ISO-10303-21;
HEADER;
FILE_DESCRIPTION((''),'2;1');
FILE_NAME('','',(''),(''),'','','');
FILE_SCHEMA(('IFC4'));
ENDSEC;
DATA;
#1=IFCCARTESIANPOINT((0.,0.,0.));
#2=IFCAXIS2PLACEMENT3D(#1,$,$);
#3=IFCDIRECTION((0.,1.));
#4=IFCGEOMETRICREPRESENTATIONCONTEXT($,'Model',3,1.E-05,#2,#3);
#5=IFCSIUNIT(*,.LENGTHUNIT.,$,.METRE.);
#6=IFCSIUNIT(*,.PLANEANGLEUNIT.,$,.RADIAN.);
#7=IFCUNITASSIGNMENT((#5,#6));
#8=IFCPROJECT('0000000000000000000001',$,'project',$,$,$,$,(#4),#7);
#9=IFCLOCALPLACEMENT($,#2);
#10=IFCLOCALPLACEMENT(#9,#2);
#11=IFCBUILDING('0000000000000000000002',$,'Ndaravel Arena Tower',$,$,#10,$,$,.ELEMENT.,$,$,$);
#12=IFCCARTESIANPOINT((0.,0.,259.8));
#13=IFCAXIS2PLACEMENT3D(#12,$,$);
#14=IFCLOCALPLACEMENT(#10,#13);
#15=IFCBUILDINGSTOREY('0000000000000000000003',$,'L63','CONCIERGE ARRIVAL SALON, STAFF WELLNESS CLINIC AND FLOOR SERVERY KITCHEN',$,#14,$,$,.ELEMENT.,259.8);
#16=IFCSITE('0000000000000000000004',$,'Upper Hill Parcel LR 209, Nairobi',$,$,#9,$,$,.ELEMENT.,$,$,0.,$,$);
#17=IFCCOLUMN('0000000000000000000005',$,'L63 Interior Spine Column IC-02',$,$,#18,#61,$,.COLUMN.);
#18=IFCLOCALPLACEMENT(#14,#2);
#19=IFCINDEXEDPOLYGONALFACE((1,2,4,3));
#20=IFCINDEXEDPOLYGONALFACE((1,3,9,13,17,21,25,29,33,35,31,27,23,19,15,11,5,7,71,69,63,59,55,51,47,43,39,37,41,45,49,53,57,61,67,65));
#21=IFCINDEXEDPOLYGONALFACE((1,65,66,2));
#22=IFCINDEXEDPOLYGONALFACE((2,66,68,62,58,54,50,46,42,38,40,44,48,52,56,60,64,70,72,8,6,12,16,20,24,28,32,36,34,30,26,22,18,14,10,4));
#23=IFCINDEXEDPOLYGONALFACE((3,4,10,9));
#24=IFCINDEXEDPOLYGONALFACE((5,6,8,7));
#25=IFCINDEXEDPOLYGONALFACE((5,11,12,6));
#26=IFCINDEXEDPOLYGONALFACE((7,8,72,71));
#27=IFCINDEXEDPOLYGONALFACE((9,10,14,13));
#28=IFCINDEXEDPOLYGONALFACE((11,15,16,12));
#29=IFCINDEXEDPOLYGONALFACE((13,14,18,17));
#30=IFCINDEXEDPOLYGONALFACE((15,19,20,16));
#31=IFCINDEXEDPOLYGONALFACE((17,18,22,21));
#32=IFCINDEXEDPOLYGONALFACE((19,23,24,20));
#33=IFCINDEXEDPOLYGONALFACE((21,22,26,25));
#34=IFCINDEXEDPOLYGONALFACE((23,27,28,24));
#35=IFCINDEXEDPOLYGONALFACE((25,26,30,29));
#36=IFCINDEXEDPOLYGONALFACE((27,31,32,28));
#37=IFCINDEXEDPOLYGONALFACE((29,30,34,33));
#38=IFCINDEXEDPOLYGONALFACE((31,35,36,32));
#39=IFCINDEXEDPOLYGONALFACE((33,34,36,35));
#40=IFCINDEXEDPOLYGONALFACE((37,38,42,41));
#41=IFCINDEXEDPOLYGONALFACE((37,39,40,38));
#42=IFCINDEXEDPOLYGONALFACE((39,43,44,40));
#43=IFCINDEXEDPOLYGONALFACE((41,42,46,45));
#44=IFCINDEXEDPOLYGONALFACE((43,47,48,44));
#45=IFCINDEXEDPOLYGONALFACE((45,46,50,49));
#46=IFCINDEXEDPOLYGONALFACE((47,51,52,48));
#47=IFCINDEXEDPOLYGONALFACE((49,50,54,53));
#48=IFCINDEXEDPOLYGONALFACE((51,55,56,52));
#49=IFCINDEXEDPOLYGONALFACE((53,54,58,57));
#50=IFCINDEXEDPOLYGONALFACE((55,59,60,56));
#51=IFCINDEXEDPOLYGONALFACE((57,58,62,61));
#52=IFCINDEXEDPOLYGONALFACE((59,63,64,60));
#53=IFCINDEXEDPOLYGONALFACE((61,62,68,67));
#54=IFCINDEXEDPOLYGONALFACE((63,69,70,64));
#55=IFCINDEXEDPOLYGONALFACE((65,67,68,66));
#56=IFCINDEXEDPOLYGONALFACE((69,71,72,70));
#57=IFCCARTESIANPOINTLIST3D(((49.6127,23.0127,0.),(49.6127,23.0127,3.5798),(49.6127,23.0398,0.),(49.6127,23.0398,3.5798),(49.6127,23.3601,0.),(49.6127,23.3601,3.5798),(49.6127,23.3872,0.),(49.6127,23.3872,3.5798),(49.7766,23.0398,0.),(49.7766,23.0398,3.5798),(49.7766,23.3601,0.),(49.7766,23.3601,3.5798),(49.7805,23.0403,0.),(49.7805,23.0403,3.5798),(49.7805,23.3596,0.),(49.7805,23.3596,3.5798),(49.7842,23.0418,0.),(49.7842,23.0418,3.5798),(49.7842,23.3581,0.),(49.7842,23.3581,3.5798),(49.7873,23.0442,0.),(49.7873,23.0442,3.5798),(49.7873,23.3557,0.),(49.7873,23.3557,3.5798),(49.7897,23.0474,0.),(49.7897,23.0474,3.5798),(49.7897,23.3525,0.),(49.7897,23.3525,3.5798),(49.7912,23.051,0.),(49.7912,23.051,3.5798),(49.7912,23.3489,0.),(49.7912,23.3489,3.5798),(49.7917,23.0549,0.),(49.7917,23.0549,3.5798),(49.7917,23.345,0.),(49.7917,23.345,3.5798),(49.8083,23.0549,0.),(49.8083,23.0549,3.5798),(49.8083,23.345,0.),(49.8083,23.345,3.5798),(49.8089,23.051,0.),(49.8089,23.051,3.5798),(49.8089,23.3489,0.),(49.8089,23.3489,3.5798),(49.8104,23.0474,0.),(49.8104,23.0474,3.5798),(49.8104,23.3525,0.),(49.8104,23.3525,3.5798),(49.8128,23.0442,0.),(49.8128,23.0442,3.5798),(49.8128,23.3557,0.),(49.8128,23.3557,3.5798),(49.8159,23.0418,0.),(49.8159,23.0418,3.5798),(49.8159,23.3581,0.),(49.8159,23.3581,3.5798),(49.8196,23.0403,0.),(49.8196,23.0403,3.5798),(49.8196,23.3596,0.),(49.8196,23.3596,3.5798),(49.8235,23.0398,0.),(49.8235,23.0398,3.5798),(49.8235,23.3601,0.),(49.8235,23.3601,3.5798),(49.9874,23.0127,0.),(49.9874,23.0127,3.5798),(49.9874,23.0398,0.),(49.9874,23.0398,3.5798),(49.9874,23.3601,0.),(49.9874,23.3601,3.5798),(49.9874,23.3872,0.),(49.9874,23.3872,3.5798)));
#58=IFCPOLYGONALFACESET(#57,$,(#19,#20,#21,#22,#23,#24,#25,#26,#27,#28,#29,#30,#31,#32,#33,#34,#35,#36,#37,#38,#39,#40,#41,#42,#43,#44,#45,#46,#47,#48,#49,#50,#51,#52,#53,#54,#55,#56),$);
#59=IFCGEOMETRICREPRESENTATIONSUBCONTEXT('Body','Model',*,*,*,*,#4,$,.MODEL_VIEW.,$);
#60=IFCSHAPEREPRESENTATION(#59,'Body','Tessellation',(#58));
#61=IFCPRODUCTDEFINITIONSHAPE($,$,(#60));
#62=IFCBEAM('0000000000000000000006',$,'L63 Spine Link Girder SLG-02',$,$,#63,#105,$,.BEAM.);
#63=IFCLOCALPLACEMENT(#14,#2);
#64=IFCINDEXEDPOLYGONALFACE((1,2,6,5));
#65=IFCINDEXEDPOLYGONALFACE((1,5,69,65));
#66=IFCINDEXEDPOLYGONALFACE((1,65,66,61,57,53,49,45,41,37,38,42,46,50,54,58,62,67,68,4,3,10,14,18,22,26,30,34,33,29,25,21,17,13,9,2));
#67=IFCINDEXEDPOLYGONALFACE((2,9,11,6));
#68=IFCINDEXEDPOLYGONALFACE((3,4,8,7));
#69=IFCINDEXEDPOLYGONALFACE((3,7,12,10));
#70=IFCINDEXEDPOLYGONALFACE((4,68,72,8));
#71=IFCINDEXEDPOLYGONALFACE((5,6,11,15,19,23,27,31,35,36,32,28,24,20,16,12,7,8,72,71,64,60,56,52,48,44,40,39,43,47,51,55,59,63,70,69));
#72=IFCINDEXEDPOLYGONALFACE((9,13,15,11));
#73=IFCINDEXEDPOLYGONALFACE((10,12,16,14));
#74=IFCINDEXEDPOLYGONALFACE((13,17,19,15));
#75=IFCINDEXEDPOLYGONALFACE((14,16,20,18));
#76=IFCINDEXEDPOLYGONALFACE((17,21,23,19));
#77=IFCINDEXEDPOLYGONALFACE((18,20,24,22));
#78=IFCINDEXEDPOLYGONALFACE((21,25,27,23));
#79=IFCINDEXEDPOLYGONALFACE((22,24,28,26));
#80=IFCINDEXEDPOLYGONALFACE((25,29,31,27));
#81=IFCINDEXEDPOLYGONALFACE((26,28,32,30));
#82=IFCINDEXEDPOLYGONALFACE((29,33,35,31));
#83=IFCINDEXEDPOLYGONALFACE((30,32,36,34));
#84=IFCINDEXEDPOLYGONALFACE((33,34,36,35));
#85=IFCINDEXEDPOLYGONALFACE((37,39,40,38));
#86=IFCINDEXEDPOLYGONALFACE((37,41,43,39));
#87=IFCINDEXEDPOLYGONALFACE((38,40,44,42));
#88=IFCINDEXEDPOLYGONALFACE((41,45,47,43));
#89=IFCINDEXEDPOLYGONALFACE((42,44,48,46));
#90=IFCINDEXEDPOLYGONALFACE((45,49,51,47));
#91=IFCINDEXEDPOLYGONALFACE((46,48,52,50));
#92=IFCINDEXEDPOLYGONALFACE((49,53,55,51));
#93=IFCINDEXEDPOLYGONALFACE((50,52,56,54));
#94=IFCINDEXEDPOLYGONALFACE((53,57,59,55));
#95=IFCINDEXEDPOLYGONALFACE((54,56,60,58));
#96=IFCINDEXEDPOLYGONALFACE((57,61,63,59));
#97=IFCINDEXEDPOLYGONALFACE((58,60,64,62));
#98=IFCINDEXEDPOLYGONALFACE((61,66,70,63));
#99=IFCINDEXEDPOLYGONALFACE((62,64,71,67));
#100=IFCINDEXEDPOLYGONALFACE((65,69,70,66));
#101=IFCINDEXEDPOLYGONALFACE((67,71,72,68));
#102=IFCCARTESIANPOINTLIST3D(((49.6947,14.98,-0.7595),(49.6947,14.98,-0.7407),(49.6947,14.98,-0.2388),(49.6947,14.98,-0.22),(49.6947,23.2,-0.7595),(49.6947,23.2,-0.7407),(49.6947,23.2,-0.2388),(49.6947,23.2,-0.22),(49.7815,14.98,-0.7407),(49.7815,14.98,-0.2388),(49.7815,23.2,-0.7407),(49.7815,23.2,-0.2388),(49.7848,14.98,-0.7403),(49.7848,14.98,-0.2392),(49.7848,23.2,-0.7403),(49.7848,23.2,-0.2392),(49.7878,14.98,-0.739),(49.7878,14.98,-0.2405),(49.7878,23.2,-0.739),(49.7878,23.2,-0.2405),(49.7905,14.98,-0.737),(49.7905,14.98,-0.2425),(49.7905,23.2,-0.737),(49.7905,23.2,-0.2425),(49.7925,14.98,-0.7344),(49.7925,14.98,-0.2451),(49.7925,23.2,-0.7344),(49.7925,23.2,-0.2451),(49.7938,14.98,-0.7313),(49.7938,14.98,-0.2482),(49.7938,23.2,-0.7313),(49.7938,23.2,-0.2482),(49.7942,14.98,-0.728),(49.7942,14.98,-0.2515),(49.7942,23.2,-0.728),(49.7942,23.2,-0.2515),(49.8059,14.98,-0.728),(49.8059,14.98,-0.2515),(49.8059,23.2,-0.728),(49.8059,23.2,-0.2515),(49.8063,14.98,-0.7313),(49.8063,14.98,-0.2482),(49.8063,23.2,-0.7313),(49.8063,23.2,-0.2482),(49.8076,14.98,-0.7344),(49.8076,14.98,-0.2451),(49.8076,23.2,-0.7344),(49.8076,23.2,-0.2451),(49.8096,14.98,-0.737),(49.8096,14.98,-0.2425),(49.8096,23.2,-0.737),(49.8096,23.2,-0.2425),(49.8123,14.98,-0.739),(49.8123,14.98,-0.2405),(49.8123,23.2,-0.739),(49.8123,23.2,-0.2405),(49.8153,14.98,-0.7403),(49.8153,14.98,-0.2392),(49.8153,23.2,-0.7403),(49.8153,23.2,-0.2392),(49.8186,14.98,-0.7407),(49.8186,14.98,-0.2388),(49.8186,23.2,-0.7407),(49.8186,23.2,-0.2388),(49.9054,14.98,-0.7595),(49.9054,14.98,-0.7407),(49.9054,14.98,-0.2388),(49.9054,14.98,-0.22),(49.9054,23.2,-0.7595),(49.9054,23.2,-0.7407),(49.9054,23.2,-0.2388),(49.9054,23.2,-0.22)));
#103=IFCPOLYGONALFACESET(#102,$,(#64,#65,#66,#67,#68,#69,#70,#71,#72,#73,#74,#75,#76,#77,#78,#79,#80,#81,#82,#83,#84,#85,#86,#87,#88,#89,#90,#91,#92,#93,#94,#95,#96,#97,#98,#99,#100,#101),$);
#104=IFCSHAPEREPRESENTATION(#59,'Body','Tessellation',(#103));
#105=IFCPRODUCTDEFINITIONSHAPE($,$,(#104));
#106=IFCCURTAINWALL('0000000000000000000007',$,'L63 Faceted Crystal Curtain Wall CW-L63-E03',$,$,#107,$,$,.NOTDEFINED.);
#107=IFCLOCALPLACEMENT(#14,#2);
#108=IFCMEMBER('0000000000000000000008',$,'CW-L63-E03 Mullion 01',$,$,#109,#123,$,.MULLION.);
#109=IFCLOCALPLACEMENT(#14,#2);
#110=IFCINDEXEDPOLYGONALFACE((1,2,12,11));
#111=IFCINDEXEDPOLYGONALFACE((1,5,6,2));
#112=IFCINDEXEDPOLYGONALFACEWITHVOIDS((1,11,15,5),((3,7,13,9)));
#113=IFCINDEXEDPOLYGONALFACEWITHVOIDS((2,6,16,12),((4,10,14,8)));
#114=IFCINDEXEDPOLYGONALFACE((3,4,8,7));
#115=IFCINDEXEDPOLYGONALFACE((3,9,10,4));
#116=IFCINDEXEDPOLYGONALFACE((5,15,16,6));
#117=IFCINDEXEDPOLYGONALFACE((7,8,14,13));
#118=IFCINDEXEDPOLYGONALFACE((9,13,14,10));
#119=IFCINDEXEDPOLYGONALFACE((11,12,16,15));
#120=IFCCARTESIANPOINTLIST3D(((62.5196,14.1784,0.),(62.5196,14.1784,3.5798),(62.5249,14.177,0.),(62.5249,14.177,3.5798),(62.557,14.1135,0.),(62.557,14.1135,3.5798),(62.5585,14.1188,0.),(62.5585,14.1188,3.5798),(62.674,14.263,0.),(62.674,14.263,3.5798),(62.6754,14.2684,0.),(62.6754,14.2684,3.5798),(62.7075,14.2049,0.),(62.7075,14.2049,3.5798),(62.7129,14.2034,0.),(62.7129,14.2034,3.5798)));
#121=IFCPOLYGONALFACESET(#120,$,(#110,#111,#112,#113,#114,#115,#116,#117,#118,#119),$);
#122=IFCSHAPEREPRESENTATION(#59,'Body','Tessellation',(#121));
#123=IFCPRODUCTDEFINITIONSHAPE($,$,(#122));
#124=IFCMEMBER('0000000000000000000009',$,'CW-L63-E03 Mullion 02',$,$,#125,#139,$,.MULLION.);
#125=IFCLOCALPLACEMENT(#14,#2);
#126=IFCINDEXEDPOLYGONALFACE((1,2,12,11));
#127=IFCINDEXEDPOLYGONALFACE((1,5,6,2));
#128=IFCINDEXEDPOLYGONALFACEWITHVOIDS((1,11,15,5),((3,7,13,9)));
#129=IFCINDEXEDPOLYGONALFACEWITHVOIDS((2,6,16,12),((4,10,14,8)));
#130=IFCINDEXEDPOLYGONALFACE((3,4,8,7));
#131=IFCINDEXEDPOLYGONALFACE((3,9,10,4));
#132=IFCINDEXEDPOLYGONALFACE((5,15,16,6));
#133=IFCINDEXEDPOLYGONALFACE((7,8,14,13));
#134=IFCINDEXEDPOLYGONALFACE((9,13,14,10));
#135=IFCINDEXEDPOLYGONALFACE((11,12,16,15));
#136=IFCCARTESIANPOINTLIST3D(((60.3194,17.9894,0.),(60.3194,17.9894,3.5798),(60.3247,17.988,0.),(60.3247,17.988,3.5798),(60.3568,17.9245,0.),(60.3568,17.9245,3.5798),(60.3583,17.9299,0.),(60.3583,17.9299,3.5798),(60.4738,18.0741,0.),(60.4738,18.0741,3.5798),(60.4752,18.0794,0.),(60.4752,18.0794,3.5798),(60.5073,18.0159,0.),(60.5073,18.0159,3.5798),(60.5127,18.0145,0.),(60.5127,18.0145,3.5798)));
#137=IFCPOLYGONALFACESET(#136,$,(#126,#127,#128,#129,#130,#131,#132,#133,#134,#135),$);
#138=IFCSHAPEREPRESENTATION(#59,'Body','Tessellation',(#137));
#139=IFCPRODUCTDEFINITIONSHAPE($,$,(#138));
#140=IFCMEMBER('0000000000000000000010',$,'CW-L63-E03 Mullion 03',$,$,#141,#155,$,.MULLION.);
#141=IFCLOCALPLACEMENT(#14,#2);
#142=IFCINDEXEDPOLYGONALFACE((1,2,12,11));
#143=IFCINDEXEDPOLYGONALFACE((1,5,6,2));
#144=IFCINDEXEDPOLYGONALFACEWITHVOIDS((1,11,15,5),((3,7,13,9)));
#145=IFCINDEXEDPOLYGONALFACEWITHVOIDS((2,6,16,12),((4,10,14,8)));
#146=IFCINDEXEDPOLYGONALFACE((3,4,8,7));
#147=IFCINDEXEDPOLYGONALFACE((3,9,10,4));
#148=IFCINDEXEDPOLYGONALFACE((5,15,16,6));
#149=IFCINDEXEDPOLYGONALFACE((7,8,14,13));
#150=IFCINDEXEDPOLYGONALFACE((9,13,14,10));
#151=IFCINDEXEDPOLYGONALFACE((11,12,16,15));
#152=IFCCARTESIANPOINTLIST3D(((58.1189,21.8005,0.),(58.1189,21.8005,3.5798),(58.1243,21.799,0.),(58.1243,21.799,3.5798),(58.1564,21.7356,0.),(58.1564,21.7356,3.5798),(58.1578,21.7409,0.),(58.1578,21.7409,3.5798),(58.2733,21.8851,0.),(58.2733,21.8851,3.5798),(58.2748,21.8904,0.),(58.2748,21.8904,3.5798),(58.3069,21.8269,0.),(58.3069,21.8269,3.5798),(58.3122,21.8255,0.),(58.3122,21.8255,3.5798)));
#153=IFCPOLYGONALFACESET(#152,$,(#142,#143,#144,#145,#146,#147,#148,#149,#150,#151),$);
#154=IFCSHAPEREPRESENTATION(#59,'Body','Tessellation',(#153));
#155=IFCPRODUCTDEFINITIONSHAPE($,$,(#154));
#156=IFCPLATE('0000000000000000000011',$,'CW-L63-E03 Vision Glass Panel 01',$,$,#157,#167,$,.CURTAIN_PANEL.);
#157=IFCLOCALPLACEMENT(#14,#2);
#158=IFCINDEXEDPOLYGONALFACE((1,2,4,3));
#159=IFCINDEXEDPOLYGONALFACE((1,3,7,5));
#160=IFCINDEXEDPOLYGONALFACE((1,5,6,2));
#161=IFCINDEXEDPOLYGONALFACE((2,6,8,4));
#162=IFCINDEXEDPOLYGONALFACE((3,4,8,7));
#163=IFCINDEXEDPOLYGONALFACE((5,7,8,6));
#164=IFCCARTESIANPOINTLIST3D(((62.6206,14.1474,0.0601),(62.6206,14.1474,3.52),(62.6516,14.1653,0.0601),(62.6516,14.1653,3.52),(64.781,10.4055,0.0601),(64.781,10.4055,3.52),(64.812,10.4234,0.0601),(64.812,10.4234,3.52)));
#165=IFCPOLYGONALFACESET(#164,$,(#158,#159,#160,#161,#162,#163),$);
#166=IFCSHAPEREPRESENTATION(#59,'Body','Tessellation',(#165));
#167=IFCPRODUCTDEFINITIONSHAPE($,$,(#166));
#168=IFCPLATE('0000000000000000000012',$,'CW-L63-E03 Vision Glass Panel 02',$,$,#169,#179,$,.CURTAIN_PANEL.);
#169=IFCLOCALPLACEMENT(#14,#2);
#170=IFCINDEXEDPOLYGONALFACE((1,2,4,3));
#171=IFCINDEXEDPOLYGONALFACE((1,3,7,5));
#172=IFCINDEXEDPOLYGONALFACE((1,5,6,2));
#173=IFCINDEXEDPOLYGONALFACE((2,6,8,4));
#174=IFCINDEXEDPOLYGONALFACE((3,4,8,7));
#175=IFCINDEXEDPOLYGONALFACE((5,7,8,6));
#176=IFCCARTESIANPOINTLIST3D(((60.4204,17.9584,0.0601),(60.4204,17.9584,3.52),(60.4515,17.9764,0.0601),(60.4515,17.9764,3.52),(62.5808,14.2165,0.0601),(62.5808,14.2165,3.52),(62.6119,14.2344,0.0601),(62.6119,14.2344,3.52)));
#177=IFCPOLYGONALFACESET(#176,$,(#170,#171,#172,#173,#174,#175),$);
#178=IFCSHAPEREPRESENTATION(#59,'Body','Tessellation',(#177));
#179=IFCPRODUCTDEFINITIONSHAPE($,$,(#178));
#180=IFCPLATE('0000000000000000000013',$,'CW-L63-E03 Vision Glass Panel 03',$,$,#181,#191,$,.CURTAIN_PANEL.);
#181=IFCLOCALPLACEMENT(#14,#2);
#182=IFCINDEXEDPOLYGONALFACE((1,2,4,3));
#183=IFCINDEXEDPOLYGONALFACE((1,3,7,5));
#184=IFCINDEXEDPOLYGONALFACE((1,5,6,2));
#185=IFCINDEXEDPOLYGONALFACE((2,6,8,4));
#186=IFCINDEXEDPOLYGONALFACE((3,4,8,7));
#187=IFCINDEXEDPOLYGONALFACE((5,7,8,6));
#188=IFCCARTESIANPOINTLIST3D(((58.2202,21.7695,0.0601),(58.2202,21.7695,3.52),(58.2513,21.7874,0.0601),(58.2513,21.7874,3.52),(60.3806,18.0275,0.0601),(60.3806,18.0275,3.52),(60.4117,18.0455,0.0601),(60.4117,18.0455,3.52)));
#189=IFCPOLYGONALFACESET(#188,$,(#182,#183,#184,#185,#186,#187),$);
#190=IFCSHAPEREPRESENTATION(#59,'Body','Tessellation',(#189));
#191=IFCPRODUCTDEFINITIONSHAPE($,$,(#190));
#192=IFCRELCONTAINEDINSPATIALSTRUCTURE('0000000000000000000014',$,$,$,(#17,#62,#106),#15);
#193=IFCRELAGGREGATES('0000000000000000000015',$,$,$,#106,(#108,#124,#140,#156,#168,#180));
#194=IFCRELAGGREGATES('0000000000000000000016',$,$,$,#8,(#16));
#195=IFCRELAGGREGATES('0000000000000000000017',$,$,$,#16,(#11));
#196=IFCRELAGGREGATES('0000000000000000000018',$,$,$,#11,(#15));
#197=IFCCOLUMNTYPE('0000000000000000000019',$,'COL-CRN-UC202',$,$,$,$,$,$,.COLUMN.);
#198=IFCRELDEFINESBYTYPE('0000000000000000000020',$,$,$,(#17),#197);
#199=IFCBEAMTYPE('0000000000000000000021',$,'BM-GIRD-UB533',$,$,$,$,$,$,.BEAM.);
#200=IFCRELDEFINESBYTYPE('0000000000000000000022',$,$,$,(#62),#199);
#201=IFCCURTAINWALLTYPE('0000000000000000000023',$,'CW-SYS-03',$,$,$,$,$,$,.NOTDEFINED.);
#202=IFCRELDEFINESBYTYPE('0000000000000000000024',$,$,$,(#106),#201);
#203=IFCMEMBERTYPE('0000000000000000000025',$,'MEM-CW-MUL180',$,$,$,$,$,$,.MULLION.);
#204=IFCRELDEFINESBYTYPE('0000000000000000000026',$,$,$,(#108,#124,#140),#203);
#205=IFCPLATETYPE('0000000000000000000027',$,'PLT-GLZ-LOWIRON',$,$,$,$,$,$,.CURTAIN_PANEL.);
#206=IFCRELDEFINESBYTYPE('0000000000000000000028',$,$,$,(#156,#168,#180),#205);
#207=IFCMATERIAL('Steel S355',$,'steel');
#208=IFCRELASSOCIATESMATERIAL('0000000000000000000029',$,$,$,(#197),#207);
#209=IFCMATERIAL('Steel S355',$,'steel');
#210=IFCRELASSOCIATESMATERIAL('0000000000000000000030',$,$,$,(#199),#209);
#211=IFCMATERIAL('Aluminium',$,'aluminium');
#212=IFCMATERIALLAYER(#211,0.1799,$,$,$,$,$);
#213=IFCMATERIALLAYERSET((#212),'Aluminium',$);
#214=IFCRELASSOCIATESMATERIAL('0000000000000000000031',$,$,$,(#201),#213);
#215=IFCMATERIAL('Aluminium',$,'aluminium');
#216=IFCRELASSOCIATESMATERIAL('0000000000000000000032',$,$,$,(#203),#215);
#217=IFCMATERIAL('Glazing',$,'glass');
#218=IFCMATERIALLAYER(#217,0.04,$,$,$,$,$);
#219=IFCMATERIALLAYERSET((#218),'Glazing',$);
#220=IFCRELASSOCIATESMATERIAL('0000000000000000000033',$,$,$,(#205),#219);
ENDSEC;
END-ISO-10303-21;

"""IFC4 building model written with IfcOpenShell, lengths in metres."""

from ifc_helpers import new_model, si_unit, direction, frame, origin, origin_2d, place, context, subcontext, project, spatial, rectangle, hollow_rectangle, i_section, extrude, material, layer, layer_set, material_profile, profile_set, type_object, element, aggregate, save


model = new_model("IFC4")

# Units and contexts
model_context = context("Model", 3, precision=1e-05, world=origin(), true_north=direction((0.0, 1.0)))
body_context = subcontext(model_context, "Body", "Model", "MODEL_VIEW")
ifc_project = project(units=[si_unit("LENGTHUNIT", "METRE"), si_unit("PLANEANGLEUNIT", "RADIAN")], contexts=[model_context])

# Site, building, storey
site_placement = place(None, origin())
site = spatial("IfcSite", under=ifc_project, at=site_placement, Name="Upper Hill Parcel LR 209, Nairobi", CompositionType="ELEMENT", RefElevation=0.0)
building_placement = place(site_placement, origin())
building = spatial("IfcBuilding", under=site, at=building_placement, Name="Ndaravel Arena Tower", CompositionType="ELEMENT")
storey_placement = place(building_placement, frame((0.0, 0.0, 259.8)))
storey = spatial("IfcBuildingStorey", under=building, at=storey_placement, Name="L63", Description="CONCIERGE ARRIVAL SALON, STAFF WELLNESS CLINIC AND FLOOR SERVERY KITCHEN", CompositionType="ELEMENT", Elevation=259.8)

# Column
ifc_material_1 = material(Name="Steel S355", Category="steel")
ifc_material_profile_1 = material_profile(ifc_material_1, i_section(OverallWidth=0.3748, OverallDepth=0.3745, WebThickness=0.0166, FlangeThickness=0.0271, FilletRadius=0.0151, at=origin_2d()), Name="UC 356x368x202")
ifc_profile_set_1 = profile_set([ifc_material_profile_1], Name="Steel S355")
column_type = type_object("IfcColumnType", Name="COL-CRN-UC202", PredefinedType="COLUMN", material=ifc_profile_set_1)
column_placement = place(storey_placement, frame((49.8, 23.2, 0.0), z_axis=(0.0, 0.0, 1.0), x_axis=(1.0, 0.0, 0.0)))
element("IfcColumn", 1, at=column_placement, inside=storey, type_object=column_type, Name="L63 Interior Spine Column IC-02", PredefinedType="COLUMN", context=body_context, shape_type="SweptSolid", body=[
    extrude(i_section(OverallWidth=0.3748, OverallDepth=0.3745, WebThickness=0.0166, FlangeThickness=0.0271, FilletRadius=0.0151, at=origin_2d()), origin(), (0.0, 0.0, 1.0), 3.5798),
])

# Beam
ifc_material_2 = material(Name="Steel S355", Category="steel")
ifc_material_profile_2 = material_profile(ifc_material_2, i_section(OverallWidth=0.2107, OverallDepth=0.5396, WebThickness=0.0117, FlangeThickness=0.0188, FilletRadius=0.0127, at=origin_2d()), Name="UB 533x210x109")
ifc_profile_set_2 = profile_set([ifc_material_profile_2], Name="Steel S355")
beam_type = type_object("IfcBeamType", Name="BM-GIRD-UB533", PredefinedType="BEAM", material=ifc_profile_set_2)
beam_placement = place(storey_placement, frame((49.8, 14.98, -0.4897), z_axis=(0.0, 1.0, 0.0), x_axis=(-1.0, 0.0, 0.0)))
element("IfcBeam", 2, at=beam_placement, inside=storey, type_object=beam_type, Name="L63 Spine Link Girder SLG-02", PredefinedType="BEAM", context=body_context, shape_type="SweptSolid", body=[
    extrude(i_section(OverallWidth=0.2107, OverallDepth=0.5396, WebThickness=0.0117, FlangeThickness=0.0188, FilletRadius=0.0127, at=origin_2d()), origin(), (0.0, 0.0, 1.0), 8.22),
])

# Curtain wall, members, plates
ifc_material_3 = material(Name="Aluminium", Category="aluminium")
ifc_layer_1 = layer(ifc_material_3, 0.1799)
ifc_layer_set_1 = layer_set([ifc_layer_1], Name="Aluminium")
curtain_wall_type = type_object("IfcCurtainWallType", Name="CW-SYS-03", PredefinedType="NOTDEFINED", material=ifc_layer_set_1)
curtain_wall_placement = place(storey_placement, origin())
curtain_wall = element("IfcCurtainWall", 3, at=curtain_wall_placement, inside=storey, type_object=curtain_wall_type, Name="L63 Faceted Crystal Curtain Wall CW-L63-E03", PredefinedType="NOTDEFINED")
ifc_material_4 = material(Name="Aluminium", Category="aluminium")
ifc_material_profile_3 = material_profile(ifc_material_4, hollow_rectangle(XDim=0.075, YDim=0.1799, WallThickness=0.0039, at=origin_2d()), Name="CW MULLION 75x180x4")
ifc_profile_set_3 = profile_set([ifc_material_profile_3], Name="Aluminium")
member_type = type_object("IfcMemberType", Name="MEM-CW-MUL180", PredefinedType="MULLION", material=ifc_profile_set_3)
member_1_placement = place(storey_placement, frame((62.6162, 14.1909, 0.0), z_axis=(0.0, 0.0, 1.0), x_axis=(-0.5, 0.866025, 0.0)))
member_1 = element("IfcMember", 4, at=member_1_placement, type_object=member_type, Name="CW-L63-E03 Mullion 01", PredefinedType="MULLION", context=body_context, shape_type="SweptSolid", body=[
    extrude(hollow_rectangle(XDim=0.075, YDim=0.1799, WallThickness=0.0039, at=origin_2d()), origin(), (0.0, 0.0, 1.0), 3.5798),
])
member_2_placement = place(storey_placement, frame((60.416, 18.002, 0.0), z_axis=(0.0, 0.0, 1.0), x_axis=(-0.5, 0.866025, 0.0)))
member_2 = element("IfcMember", 5, at=member_2_placement, type_object=member_type, Name="CW-L63-E03 Mullion 02", PredefinedType="MULLION", context=body_context, shape_type="SweptSolid", body=[
    extrude(hollow_rectangle(XDim=0.075, YDim=0.1799, WallThickness=0.0039, at=origin_2d()), origin(), (0.0, 0.0, 1.0), 3.5798),
])
member_3_placement = place(storey_placement, frame((58.2156, 21.813, 0.0), z_axis=(0.0, 0.0, 1.0), x_axis=(-0.5, 0.866025, 0.0)))
member_3 = element("IfcMember", 6, at=member_3_placement, type_object=member_type, Name="CW-L63-E03 Mullion 03", PredefinedType="MULLION", context=body_context, shape_type="SweptSolid", body=[
    extrude(hollow_rectangle(XDim=0.075, YDim=0.1799, WallThickness=0.0039, at=origin_2d()), origin(), (0.0, 0.0, 1.0), 3.5798),
])
ifc_material_5 = material(Name="Glazing", Category="glass")
ifc_layer_2 = layer(ifc_material_5, 0.04)
ifc_layer_set_2 = layer_set([ifc_layer_2], Name="Glazing")
plate_type = type_object("IfcPlateType", Name="PLT-GLZ-LOWIRON", PredefinedType="CURTAIN_PANEL", material=ifc_layer_set_2)
plate_1_placement = place(storey_placement, frame((63.7163, 12.2854, 0.0601), z_axis=(0.0, 0.0, 1.0), x_axis=(-0.5, 0.866025, 0.0)))
plate_1 = element("IfcPlate", 7, at=plate_1_placement, type_object=plate_type, Name="CW-L63-E03 Vision Glass Panel 01", PredefinedType="CURTAIN_PANEL", context=body_context, shape_type="SweptSolid", body=[
    extrude(rectangle(XDim=4.3208, YDim=0.0359, at=origin_2d()), origin(), (0.0, 0.0, 1.0), 3.46),
])
plate_2_placement = place(storey_placement, frame((61.5161, 16.0964, 0.0601), z_axis=(0.0, 0.0, 1.0), x_axis=(-0.5, 0.866025, 0.0)))
plate_2 = element("IfcPlate", 8, at=plate_2_placement, type_object=plate_type, Name="CW-L63-E03 Vision Glass Panel 02", PredefinedType="CURTAIN_PANEL", context=body_context, shape_type="SweptSolid", body=[
    extrude(rectangle(XDim=4.3208, YDim=0.0359, at=origin_2d()), origin(), (0.0, 0.0, 1.0), 3.46),
])
plate_3_placement = place(storey_placement, frame((59.3159, 19.9075, 0.0601), z_axis=(0.0, 0.0, 1.0), x_axis=(-0.5, 0.866025, 0.0)))
plate_3 = element("IfcPlate", 9, at=plate_3_placement, type_object=plate_type, Name="CW-L63-E03 Vision Glass Panel 03", PredefinedType="CURTAIN_PANEL", context=body_context, shape_type="SweptSolid", body=[
    extrude(rectangle(XDim=4.3208, YDim=0.0359, at=origin_2d()), origin(), (0.0, 0.0, 1.0), 3.46),
])
aggregate(curtain_wall, [member_1, member_2, member_3, plate_1, plate_2, plate_3])

save(model, "model.ifc")
